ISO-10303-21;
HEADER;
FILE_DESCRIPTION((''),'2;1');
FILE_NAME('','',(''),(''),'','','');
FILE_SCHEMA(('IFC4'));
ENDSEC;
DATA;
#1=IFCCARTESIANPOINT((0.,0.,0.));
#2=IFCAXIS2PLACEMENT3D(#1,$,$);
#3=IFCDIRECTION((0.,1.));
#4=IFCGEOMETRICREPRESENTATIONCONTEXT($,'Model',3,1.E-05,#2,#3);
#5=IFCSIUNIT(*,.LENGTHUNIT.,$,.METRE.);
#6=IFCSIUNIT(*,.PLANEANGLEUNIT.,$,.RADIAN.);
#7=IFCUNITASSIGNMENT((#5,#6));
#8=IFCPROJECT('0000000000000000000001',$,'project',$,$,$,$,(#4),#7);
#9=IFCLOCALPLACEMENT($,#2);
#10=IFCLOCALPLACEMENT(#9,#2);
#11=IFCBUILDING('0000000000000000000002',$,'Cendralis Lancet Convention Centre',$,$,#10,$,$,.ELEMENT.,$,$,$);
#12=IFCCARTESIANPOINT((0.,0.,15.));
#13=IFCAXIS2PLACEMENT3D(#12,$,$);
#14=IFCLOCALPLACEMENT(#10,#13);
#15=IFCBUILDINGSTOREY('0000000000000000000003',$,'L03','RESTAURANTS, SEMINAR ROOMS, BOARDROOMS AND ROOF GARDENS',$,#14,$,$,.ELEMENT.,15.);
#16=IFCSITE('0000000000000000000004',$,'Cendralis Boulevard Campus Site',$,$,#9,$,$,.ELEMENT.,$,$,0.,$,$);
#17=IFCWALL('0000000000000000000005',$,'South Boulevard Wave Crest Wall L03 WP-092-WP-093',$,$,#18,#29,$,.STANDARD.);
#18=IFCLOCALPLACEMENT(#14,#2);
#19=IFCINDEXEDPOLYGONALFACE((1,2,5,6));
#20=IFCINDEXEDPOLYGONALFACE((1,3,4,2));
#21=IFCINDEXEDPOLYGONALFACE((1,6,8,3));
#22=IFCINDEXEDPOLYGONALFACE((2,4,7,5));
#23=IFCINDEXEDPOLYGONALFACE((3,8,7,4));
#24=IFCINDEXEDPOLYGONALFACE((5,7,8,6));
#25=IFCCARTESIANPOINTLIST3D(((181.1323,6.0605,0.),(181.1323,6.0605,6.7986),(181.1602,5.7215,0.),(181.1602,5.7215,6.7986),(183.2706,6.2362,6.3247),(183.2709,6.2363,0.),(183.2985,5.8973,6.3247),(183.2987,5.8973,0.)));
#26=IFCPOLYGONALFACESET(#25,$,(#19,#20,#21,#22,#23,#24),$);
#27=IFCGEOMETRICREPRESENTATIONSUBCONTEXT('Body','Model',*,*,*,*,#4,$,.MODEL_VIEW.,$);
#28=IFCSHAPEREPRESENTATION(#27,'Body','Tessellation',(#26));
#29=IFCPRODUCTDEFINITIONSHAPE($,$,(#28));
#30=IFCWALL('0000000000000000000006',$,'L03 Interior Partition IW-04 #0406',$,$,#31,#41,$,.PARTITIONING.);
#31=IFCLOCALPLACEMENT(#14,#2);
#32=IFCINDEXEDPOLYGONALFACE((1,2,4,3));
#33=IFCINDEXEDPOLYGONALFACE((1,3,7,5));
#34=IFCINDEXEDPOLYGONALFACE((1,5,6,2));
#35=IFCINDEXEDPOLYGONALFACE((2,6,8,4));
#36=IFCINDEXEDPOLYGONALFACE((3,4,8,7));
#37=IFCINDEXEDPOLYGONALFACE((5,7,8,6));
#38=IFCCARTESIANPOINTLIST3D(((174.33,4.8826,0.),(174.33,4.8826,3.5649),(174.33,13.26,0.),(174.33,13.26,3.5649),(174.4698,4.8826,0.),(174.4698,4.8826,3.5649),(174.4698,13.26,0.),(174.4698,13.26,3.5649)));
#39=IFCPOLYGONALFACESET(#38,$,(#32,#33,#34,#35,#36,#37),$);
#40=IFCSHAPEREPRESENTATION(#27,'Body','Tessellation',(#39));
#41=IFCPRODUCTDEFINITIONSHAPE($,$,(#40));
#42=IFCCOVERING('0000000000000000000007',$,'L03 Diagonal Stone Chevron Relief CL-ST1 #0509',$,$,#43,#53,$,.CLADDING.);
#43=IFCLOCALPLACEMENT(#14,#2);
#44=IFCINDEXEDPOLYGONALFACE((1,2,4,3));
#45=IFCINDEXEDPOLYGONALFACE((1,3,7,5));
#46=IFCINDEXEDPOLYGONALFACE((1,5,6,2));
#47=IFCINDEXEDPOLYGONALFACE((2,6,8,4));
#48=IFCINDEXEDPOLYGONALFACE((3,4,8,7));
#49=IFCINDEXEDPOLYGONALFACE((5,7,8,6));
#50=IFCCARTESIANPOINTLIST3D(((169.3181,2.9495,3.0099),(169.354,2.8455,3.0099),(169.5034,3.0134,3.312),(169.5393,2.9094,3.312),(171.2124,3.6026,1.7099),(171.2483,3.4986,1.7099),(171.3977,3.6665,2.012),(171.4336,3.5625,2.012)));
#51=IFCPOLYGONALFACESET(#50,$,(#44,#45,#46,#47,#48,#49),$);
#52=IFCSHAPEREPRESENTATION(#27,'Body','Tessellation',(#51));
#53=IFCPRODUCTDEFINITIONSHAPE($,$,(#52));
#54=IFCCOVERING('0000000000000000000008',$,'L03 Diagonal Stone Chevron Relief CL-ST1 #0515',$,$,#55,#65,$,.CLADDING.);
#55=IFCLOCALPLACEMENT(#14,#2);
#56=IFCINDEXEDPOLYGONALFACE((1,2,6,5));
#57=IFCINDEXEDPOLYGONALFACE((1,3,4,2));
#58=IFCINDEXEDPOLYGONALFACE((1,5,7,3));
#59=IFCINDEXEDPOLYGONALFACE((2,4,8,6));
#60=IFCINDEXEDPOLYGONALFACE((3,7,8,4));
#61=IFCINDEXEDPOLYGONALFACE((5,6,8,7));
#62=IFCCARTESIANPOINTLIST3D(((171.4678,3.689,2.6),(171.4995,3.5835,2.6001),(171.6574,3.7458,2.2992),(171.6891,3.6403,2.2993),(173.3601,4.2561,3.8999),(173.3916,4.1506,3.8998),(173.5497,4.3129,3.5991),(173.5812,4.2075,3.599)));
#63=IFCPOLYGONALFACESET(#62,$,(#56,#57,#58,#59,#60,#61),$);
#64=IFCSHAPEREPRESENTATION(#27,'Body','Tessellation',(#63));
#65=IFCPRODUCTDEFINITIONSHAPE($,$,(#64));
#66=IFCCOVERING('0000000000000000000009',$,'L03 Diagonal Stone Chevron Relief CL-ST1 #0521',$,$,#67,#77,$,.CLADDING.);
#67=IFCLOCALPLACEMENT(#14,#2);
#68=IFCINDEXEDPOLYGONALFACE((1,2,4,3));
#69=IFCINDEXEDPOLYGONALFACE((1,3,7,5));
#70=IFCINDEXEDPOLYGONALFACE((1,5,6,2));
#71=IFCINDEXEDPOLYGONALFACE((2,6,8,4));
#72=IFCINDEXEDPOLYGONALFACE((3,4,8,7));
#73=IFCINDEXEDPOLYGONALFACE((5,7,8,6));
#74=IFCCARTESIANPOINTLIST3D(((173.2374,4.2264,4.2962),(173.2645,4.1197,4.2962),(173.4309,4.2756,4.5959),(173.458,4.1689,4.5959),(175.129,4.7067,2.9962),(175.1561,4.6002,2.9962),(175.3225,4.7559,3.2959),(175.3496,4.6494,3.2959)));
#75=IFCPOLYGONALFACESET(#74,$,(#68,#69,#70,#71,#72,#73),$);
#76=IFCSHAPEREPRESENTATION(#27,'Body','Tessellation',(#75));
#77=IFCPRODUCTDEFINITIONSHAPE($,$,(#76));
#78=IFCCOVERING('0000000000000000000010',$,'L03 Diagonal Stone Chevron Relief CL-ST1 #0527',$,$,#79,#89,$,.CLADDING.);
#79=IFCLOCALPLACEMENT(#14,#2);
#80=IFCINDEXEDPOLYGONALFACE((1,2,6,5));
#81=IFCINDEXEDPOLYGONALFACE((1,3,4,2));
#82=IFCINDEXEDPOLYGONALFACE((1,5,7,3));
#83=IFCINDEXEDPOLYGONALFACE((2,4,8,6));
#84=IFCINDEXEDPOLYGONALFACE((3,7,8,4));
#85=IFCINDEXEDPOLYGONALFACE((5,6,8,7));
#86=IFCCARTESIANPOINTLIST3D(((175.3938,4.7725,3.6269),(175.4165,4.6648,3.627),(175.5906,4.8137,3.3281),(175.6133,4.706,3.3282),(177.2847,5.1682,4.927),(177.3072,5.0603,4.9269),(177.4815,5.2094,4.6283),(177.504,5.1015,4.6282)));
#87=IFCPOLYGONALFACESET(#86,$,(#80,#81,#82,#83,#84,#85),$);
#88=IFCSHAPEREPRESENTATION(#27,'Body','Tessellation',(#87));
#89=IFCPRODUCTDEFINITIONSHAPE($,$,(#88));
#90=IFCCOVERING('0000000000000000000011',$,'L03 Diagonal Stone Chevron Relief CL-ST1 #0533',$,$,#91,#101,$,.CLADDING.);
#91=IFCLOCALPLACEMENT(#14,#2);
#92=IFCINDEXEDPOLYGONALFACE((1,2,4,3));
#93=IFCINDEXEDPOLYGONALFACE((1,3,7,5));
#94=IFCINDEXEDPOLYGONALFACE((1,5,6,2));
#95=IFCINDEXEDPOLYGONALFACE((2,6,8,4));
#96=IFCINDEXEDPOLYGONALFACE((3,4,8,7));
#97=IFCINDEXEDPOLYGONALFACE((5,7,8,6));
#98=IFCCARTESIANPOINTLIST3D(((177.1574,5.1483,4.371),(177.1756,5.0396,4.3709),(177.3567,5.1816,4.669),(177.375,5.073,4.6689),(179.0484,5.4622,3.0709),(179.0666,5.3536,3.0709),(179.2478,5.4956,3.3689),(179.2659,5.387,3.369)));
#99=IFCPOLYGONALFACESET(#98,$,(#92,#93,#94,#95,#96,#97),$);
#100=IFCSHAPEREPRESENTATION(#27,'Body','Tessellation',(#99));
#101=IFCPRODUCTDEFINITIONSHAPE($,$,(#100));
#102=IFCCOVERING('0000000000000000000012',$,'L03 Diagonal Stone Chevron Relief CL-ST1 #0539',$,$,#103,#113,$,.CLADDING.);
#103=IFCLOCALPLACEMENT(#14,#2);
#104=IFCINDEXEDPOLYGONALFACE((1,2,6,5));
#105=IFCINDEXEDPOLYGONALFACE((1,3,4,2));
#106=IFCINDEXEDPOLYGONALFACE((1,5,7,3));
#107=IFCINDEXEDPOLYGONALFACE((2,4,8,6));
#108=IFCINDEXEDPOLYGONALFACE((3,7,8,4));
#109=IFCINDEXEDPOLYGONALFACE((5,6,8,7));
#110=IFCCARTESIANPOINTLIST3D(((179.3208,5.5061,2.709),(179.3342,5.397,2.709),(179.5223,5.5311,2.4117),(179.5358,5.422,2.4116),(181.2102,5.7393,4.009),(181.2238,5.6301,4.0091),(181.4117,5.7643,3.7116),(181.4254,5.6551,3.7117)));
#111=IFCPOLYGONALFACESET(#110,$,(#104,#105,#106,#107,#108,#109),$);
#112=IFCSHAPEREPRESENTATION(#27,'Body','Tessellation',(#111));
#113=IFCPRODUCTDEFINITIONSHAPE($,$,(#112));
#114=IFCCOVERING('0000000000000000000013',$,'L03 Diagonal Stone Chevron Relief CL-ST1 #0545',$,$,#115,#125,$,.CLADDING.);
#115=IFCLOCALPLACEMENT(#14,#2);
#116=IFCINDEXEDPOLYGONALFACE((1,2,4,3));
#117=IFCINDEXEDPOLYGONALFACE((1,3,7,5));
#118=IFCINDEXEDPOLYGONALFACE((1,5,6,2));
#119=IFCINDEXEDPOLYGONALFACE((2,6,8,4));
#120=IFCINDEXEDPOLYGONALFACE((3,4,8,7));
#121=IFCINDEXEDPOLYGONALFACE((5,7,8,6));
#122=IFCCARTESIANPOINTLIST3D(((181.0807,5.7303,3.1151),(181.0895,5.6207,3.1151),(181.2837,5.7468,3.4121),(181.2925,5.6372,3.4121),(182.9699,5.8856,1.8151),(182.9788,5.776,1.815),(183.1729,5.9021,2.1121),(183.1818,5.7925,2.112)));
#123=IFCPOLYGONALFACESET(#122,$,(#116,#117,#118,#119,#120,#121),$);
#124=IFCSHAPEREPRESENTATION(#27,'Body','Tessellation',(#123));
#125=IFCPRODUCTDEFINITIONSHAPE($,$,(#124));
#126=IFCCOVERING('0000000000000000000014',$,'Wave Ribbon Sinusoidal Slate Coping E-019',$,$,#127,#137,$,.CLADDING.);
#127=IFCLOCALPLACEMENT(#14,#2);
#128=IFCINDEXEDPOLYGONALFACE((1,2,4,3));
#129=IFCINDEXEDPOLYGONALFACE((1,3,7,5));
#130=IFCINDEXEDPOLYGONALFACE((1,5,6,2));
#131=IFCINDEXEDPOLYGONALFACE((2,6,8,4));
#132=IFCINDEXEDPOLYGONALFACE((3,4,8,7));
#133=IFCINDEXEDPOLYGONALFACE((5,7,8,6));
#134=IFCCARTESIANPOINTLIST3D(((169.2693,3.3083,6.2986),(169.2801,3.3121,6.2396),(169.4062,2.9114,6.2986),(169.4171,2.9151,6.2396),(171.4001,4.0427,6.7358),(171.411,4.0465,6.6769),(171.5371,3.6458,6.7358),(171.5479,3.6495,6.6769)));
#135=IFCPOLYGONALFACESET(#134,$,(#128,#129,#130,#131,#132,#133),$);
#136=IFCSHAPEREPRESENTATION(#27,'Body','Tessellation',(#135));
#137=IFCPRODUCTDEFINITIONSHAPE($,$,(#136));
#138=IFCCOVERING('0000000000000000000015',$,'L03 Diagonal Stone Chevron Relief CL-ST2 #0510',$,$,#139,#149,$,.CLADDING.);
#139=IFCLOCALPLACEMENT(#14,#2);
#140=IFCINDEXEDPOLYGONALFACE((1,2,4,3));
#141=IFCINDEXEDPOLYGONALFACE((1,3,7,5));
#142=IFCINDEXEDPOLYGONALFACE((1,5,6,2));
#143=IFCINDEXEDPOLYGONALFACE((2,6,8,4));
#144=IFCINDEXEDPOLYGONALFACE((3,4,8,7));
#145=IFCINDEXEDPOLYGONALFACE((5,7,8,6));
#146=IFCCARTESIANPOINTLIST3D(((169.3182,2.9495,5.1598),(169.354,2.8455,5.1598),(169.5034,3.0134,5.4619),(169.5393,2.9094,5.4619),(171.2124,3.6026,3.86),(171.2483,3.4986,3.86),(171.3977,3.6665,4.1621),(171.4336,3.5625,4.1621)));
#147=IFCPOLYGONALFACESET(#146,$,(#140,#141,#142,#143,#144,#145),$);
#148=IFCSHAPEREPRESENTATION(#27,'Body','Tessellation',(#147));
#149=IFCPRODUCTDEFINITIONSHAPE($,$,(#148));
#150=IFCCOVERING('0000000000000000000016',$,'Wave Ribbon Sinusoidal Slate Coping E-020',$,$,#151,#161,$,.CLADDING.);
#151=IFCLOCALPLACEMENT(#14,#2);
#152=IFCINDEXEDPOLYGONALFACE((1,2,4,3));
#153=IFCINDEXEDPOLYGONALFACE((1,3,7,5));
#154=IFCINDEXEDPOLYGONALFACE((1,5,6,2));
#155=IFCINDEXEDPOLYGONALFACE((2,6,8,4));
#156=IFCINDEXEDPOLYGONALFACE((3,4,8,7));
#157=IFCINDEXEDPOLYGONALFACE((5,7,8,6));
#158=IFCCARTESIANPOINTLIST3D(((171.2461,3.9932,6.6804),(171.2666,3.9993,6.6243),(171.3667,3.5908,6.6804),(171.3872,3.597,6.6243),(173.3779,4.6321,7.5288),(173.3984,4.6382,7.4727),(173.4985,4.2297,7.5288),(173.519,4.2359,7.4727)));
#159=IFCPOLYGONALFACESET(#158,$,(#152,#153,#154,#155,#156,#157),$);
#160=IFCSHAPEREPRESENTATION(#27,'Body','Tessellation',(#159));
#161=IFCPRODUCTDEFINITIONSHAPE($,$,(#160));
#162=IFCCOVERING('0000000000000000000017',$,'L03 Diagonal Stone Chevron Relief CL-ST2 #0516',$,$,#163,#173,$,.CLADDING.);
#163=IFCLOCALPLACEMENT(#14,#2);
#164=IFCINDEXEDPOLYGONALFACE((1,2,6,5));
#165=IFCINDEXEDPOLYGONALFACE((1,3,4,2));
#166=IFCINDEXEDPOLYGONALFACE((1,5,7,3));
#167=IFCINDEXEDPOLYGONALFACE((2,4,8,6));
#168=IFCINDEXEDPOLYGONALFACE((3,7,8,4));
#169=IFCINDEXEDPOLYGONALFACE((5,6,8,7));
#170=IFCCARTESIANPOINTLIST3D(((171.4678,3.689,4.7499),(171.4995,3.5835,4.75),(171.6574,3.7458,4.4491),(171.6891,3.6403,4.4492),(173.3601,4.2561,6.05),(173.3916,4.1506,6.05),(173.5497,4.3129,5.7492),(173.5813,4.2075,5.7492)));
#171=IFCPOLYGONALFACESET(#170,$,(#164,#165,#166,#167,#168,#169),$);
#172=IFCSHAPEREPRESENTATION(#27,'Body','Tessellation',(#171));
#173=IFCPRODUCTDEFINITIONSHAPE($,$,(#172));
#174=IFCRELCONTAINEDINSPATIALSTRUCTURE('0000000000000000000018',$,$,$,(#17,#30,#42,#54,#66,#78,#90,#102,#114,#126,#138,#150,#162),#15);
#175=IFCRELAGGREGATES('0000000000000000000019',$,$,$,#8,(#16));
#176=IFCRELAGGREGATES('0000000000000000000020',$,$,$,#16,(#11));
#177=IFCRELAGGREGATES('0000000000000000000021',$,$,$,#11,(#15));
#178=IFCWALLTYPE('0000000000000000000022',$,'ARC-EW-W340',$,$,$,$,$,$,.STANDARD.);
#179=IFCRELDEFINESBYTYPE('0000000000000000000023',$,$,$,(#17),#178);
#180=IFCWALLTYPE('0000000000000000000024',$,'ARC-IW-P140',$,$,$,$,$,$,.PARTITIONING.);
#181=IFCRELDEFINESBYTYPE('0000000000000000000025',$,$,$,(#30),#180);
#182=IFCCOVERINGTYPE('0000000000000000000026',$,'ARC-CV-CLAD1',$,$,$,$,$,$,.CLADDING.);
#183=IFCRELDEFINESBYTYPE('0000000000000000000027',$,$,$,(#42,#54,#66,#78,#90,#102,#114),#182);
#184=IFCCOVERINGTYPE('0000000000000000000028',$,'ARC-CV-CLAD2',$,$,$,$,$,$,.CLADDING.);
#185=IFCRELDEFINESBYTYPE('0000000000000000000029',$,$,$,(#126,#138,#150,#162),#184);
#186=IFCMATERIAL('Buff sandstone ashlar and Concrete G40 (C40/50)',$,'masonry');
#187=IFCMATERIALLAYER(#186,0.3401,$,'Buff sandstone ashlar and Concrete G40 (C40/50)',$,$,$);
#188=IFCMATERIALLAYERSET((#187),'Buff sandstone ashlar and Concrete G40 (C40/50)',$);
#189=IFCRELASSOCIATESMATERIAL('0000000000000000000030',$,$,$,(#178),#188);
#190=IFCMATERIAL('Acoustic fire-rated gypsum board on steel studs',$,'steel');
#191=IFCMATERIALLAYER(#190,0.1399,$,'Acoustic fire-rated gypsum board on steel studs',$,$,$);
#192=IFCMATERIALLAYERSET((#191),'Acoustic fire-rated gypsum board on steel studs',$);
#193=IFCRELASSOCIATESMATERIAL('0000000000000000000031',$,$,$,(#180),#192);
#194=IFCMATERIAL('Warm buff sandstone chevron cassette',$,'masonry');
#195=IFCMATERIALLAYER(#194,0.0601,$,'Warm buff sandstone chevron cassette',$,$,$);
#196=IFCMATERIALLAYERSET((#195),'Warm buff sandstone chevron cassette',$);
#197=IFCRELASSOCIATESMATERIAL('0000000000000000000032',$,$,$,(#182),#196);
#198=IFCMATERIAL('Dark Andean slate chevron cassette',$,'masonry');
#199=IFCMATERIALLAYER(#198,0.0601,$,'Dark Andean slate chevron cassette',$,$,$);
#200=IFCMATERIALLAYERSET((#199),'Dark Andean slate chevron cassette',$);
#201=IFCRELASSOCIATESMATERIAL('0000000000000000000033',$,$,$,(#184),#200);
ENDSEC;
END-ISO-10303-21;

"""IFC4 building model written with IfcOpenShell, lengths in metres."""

from ifc_helpers import new_model, si_unit, direction, frame, frame_2d, origin, place, context, subcontext, project, spatial, polyline, rectangle, outline, extrude, material, layer, layer_set, type_object, element, save


model = new_model("IFC4")

# Units and contexts
model_context = context("Model", 3, precision=1e-05, world=origin(), true_north=direction((0.0, 1.0)))
body_context = subcontext(model_context, "Body", "Model", "MODEL_VIEW")
ifc_project = project(units=[si_unit("LENGTHUNIT", "METRE"), si_unit("PLANEANGLEUNIT", "RADIAN")], contexts=[model_context])

# Site, building, storey
site_placement = place(None, origin())
site = spatial("IfcSite", under=ifc_project, at=site_placement, Name="Cendralis Boulevard Campus Site", CompositionType="ELEMENT", RefElevation=0.0)
building_placement = place(site_placement, origin())
building = spatial("IfcBuilding", under=site, at=building_placement, Name="Cendralis Lancet Convention Centre", CompositionType="ELEMENT")
storey_placement = place(building_placement, frame((0.0, 0.0, 15.0)))
storey = spatial("IfcBuildingStorey", under=building, at=storey_placement, Name="L03", Description="RESTAURANTS, SEMINAR ROOMS, BOARDROOMS AND ROOF GARDENS", CompositionType="ELEMENT", Elevation=15.0)

# Shared definitions
ifc_material_1 = material(Name="Warm buff sandstone chevron cassette", Category="masonry")
ifc_material_2 = material(Name="Dark Andean slate chevron cassette", Category="masonry")

# Walls
ifc_material_3 = material(Name="Buff sandstone ashlar and Concrete G40 (C40/50)", Category="masonry")
ifc_layer_1 = layer(ifc_material_3, 0.3401, Name="Buff sandstone ashlar and Concrete G40 (C40/50)")
ifc_layer_set_1 = layer_set([ifc_layer_1], Name="Buff sandstone ashlar and Concrete G40 (C40/50)")
wall_type_1 = type_object("IfcWallType", Name="ARC-EW-W340", PredefinedType="STANDARD", material=ifc_layer_set_1)
wall_1_placement = place(storey_placement, frame((181.1462, 5.8911, 0.0), z_axis=(0.0, 0.0, 1.0), x_axis=(0.996639, 0.081925, 0.0)))
element("IfcWall", 1, at=wall_1_placement, inside=storey, type_object=wall_type_1, Name="South Boulevard Wave Crest Wall L03 WP-092-WP-093", PredefinedType="STANDARD", context=body_context, shape_type="SweptSolid", body=[
    extrude(outline(polyline([(0.0, 0.0), (2.1458, 0.0), (2.1455, 6.3247), (0.0, 6.7986), (0.0, 0.0)])), frame((0.0, 0.1699, 0.0), z_axis=(0.0, -1.0, 0.0), x_axis=(1.0, 0.0, 0.0)), (0.0, 0.0, 1.0), 0.3401),
])
ifc_material_4 = material(Name="Acoustic fire-rated gypsum board on steel studs", Category="steel")
ifc_layer_2 = layer(ifc_material_4, 0.1399, Name="Acoustic fire-rated gypsum board on steel studs")
ifc_layer_set_2 = layer_set([ifc_layer_2], Name="Acoustic fire-rated gypsum board on steel studs")
wall_type_2 = type_object("IfcWallType", Name="ARC-IW-P140", PredefinedType="PARTITIONING", material=ifc_layer_set_2)
wall_2_placement = place(storey_placement, frame((174.3999, 4.8826, 0.0), z_axis=(0.0, 0.0, 1.0), x_axis=(0.0, 1.0, 0.0)))
element("IfcWall", 2, at=wall_2_placement, inside=storey, type_object=wall_type_2, Name="L03 Interior Partition IW-04 #0406", PredefinedType="PARTITIONING", context=body_context, shape_type="SweptSolid", body=[
    extrude(rectangle(XDim=8.3774, YDim=0.1399, at=frame_2d((4.1887, 0.0))), origin(), (0.0, 0.0, 1.0), 3.5649),
])

# Coverings
ifc_layer_3 = layer(ifc_material_1, 0.0601, Name="Warm buff sandstone chevron cassette")
ifc_layer_set_3 = layer_set([ifc_layer_3], Name="Warm buff sandstone chevron cassette")
covering_type_1 = type_object("IfcCoveringType", Name="ARC-CV-CLAD1", PredefinedType="CLADDING", material=ifc_layer_set_3)
covering_1_placement = place(storey_placement, frame((169.5393, 2.9094, 3.312), z_axis=(0.514522, 0.177546, 0.838895), x_axis=(0.793085, 0.273425, -0.544294)))
element("IfcCovering", 3, at=covering_1_placement, inside=storey, type_object=covering_type_1, Name="L03 Diagonal Stone Chevron Relief CL-ST1 #0509", PredefinedType="CLADDING", context=body_context, shape_type="SweptSolid", body=[
    extrude(outline(polyline([(0.0, 0.0), (2.3885, 0.0), (2.3885, 0.11), (0.0, 0.11), (0.0, 0.0)])), origin(), (0.0, 0.0, -1.0), 0.3601),
])
covering_2_placement = place(storey_placement, frame((171.4995, 3.5835, 2.6001), z_axis=(-0.526531, -0.157838, 0.835375), x_axis=(0.800201, 0.239854, 0.54968)))
element("IfcCovering", 4, at=covering_2_placement, inside=storey, type_object=covering_type_1, Name="L03 Diagonal Stone Chevron Relief CL-ST1 #0515", PredefinedType="CLADDING", context=body_context, shape_type="SweptSolid", body=[
    extrude(outline(polyline([(0.0, 0.0), (2.3646, 0.0), (2.3647, 0.1101), (-0.0001, 0.1101), (0.0, 0.0)])), origin(), (0.0, 0.0, -1.0), 0.3601),
])
covering_3_placement = place(storey_placement, frame((173.458, 4.1689, 4.5959), z_axis=(0.537292, 0.136631, 0.832255), x_axis=(0.806641, 0.204888, -0.554392)))
element("IfcCovering", 5, at=covering_3_placement, inside=storey, type_object=covering_type_1, Name="L03 Diagonal Stone Chevron Relief CL-ST1 #0521", PredefinedType="CLADDING", context=body_context, shape_type="SweptSolid", body=[
    extrude(outline(polyline([(0.0, 0.0), (2.345, 0.0), (2.345, 0.1098), (0.0, 0.1101), (0.0, 0.0)])), origin(), (0.0, 0.0, -1.0), 0.3601),
])
covering_4_placement = place(storey_placement, frame((175.4165, 4.6648, 3.627), z_axis=(-0.546473, -0.114493, 0.829614), x_axis=(0.812036, 0.169873, 0.558338)))
element("IfcCovering", 6, at=covering_4_placement, inside=storey, type_object=covering_type_1, Name="L03 Diagonal Stone Chevron Relief CL-ST1 #0527", PredefinedType="CLADDING", context=body_context, shape_type="SweptSolid", body=[
    extrude(outline(polyline([(0.0, 0.0), (2.3283, 0.0), (2.3284, 0.1102), (-0.0001, 0.11), (0.0, 0.0)])), origin(), (0.0, 0.0, -1.0), 0.3601),
])
covering_5_placement = place(storey_placement, frame((177.375, 5.073, 4.6689), z_axis=(0.553593, 0.09268, 0.827614), x_axis=(0.816436, 0.135563, -0.561297)))
element("IfcCovering", 7, at=covering_5_placement, inside=storey, type_object=covering_type_1, Name="L03 Diagonal Stone Chevron Relief CL-ST1 #0533", PredefinedType="CLADDING", context=body_context, shape_type="SweptSolid", body=[
    extrude(outline(polyline([(0.0, 0.0), (2.316, 0.0), (2.316, 0.1101), (-0.0002, 0.1102), (0.0, 0.0)])), origin(), (0.0, 0.0, -1.0), 0.3601),
])
covering_6_placement = place(storey_placement, frame((179.3342, 5.397, 2.709), z_axis=(-0.559621, -0.069483, 0.82583), x_axis=(0.819615, 0.101128, 0.563918)))
element("IfcCovering", 8, at=covering_6_placement, inside=storey, type_object=covering_type_1, Name="L03 Diagonal Stone Chevron Relief CL-ST1 #0539", PredefinedType="CLADDING", context=body_context, shape_type="SweptSolid", body=[
    extrude(outline(polyline([(0.0, 0.0), (2.3055, 0.0), (2.3053, 0.11), (0.0, 0.11), (0.0, 0.0)])), origin(), (0.0, 0.0, -1.0), 0.3601),
])
covering_7_placement = place(storey_placement, frame((181.2925, 5.6372, 3.4121), z_axis=(0.56372, 0.045826, 0.824694), x_axis=(0.821923, 0.067547, -0.56558)))
element("IfcCovering", 9, at=covering_7_placement, inside=storey, type_object=covering_type_1, Name="L03 Diagonal Stone Chevron Relief CL-ST1 #0545", PredefinedType="CLADDING", context=body_context, shape_type="SweptSolid", body=[
    extrude(outline(polyline([(0.0, 0.0), (2.2987, 0.0), (2.2987, 0.11), (0.0002, 0.11), (0.0, 0.0)])), origin(), (0.0, 0.0, -1.0), 0.3601),
])
ifc_layer_4 = layer(ifc_material_2, 0.0601, Name="Dark Andean slate chevron cassette")
ifc_layer_set_4 = layer_set([ifc_layer_4], Name="Dark Andean slate chevron cassette")
covering_type_2 = type_object("IfcCoveringType", Name="ARC-CV-CLAD2", PredefinedType="CLADDING", material=ifc_layer_set_4)
covering_8_placement = place(storey_placement, frame((169.4062, 2.9114, 6.2986), z_axis=(-0.180038, -0.062116, 0.981696), x_axis=(0.928123, 0.319867, 0.190452)))
element("IfcCovering", 10, at=covering_8_placement, inside=storey, type_object=covering_type_2, Name="Wave Ribbon Sinusoidal Slate Coping E-019", PredefinedType="CLADDING", context=body_context, shape_type="SweptSolid", body=[
    extrude(outline(polyline([(0.0, 0.0), (2.2959, 0.0), (2.2957, 0.4199), (-0.0001, 0.4199), (0.0, 0.0)])), origin(), (0.0, 0.0, -1.0), 0.0601),
])
covering_9_placement = place(storey_placement, frame((169.5393, 2.9094, 5.4619), z_axis=(0.514454, 0.177523, 0.838941), x_axis=(0.793129, 0.27344, -0.544222)))
element("IfcCovering", 11, at=covering_9_placement, inside=storey, type_object=covering_type_2, Name="L03 Diagonal Stone Chevron Relief CL-ST2 #0510", PredefinedType="CLADDING", context=body_context, shape_type="SweptSolid", body=[
    extrude(outline(polyline([(0.0, 0.0), (2.3884, 0.0), (2.3883, 0.11), (0.0, 0.11), (0.0, 0.0)])), origin(), (0.0, 0.0, -1.0), 0.3601),
])
covering_10_placement = place(storey_placement, frame((171.3667, 3.5908, 6.6804), z_axis=(-0.341205, -0.102279, 0.934408), x_axis=(0.895074, 0.268256, 0.356205)))
element("IfcCovering", 12, at=covering_10_placement, inside=storey, type_object=covering_type_2, Name="Wave Ribbon Sinusoidal Slate Coping E-020", PredefinedType="CLADDING", context=body_context, shape_type="SweptSolid", body=[
    extrude(outline(polyline([(0.0, 0.0), (2.3817, 0.0), (2.3817, 0.42), (0.0, 0.42), (0.0, 0.0)])), origin(), (0.0, 0.0, -1.0), 0.0601),
])
covering_11_placement = place(storey_placement, frame((171.4995, 3.5835, 4.75), z_axis=(-0.5266, -0.157858, 0.835328), x_axis=(0.800156, 0.23984, 0.549752)))
element("IfcCovering", 13, at=covering_11_placement, inside=storey, type_object=covering_type_2, Name="L03 Diagonal Stone Chevron Relief CL-ST2 #0516", PredefinedType="CLADDING", context=body_context, shape_type="SweptSolid", body=[
    extrude(outline(polyline([(0.0, 0.0), (2.3647, 0.0), (2.3648, 0.1101), (-0.0001, 0.1101), (0.0, 0.0)])), origin(), (0.0, 0.0, -1.0), 0.3601),
])

save(model, "model.ifc")
